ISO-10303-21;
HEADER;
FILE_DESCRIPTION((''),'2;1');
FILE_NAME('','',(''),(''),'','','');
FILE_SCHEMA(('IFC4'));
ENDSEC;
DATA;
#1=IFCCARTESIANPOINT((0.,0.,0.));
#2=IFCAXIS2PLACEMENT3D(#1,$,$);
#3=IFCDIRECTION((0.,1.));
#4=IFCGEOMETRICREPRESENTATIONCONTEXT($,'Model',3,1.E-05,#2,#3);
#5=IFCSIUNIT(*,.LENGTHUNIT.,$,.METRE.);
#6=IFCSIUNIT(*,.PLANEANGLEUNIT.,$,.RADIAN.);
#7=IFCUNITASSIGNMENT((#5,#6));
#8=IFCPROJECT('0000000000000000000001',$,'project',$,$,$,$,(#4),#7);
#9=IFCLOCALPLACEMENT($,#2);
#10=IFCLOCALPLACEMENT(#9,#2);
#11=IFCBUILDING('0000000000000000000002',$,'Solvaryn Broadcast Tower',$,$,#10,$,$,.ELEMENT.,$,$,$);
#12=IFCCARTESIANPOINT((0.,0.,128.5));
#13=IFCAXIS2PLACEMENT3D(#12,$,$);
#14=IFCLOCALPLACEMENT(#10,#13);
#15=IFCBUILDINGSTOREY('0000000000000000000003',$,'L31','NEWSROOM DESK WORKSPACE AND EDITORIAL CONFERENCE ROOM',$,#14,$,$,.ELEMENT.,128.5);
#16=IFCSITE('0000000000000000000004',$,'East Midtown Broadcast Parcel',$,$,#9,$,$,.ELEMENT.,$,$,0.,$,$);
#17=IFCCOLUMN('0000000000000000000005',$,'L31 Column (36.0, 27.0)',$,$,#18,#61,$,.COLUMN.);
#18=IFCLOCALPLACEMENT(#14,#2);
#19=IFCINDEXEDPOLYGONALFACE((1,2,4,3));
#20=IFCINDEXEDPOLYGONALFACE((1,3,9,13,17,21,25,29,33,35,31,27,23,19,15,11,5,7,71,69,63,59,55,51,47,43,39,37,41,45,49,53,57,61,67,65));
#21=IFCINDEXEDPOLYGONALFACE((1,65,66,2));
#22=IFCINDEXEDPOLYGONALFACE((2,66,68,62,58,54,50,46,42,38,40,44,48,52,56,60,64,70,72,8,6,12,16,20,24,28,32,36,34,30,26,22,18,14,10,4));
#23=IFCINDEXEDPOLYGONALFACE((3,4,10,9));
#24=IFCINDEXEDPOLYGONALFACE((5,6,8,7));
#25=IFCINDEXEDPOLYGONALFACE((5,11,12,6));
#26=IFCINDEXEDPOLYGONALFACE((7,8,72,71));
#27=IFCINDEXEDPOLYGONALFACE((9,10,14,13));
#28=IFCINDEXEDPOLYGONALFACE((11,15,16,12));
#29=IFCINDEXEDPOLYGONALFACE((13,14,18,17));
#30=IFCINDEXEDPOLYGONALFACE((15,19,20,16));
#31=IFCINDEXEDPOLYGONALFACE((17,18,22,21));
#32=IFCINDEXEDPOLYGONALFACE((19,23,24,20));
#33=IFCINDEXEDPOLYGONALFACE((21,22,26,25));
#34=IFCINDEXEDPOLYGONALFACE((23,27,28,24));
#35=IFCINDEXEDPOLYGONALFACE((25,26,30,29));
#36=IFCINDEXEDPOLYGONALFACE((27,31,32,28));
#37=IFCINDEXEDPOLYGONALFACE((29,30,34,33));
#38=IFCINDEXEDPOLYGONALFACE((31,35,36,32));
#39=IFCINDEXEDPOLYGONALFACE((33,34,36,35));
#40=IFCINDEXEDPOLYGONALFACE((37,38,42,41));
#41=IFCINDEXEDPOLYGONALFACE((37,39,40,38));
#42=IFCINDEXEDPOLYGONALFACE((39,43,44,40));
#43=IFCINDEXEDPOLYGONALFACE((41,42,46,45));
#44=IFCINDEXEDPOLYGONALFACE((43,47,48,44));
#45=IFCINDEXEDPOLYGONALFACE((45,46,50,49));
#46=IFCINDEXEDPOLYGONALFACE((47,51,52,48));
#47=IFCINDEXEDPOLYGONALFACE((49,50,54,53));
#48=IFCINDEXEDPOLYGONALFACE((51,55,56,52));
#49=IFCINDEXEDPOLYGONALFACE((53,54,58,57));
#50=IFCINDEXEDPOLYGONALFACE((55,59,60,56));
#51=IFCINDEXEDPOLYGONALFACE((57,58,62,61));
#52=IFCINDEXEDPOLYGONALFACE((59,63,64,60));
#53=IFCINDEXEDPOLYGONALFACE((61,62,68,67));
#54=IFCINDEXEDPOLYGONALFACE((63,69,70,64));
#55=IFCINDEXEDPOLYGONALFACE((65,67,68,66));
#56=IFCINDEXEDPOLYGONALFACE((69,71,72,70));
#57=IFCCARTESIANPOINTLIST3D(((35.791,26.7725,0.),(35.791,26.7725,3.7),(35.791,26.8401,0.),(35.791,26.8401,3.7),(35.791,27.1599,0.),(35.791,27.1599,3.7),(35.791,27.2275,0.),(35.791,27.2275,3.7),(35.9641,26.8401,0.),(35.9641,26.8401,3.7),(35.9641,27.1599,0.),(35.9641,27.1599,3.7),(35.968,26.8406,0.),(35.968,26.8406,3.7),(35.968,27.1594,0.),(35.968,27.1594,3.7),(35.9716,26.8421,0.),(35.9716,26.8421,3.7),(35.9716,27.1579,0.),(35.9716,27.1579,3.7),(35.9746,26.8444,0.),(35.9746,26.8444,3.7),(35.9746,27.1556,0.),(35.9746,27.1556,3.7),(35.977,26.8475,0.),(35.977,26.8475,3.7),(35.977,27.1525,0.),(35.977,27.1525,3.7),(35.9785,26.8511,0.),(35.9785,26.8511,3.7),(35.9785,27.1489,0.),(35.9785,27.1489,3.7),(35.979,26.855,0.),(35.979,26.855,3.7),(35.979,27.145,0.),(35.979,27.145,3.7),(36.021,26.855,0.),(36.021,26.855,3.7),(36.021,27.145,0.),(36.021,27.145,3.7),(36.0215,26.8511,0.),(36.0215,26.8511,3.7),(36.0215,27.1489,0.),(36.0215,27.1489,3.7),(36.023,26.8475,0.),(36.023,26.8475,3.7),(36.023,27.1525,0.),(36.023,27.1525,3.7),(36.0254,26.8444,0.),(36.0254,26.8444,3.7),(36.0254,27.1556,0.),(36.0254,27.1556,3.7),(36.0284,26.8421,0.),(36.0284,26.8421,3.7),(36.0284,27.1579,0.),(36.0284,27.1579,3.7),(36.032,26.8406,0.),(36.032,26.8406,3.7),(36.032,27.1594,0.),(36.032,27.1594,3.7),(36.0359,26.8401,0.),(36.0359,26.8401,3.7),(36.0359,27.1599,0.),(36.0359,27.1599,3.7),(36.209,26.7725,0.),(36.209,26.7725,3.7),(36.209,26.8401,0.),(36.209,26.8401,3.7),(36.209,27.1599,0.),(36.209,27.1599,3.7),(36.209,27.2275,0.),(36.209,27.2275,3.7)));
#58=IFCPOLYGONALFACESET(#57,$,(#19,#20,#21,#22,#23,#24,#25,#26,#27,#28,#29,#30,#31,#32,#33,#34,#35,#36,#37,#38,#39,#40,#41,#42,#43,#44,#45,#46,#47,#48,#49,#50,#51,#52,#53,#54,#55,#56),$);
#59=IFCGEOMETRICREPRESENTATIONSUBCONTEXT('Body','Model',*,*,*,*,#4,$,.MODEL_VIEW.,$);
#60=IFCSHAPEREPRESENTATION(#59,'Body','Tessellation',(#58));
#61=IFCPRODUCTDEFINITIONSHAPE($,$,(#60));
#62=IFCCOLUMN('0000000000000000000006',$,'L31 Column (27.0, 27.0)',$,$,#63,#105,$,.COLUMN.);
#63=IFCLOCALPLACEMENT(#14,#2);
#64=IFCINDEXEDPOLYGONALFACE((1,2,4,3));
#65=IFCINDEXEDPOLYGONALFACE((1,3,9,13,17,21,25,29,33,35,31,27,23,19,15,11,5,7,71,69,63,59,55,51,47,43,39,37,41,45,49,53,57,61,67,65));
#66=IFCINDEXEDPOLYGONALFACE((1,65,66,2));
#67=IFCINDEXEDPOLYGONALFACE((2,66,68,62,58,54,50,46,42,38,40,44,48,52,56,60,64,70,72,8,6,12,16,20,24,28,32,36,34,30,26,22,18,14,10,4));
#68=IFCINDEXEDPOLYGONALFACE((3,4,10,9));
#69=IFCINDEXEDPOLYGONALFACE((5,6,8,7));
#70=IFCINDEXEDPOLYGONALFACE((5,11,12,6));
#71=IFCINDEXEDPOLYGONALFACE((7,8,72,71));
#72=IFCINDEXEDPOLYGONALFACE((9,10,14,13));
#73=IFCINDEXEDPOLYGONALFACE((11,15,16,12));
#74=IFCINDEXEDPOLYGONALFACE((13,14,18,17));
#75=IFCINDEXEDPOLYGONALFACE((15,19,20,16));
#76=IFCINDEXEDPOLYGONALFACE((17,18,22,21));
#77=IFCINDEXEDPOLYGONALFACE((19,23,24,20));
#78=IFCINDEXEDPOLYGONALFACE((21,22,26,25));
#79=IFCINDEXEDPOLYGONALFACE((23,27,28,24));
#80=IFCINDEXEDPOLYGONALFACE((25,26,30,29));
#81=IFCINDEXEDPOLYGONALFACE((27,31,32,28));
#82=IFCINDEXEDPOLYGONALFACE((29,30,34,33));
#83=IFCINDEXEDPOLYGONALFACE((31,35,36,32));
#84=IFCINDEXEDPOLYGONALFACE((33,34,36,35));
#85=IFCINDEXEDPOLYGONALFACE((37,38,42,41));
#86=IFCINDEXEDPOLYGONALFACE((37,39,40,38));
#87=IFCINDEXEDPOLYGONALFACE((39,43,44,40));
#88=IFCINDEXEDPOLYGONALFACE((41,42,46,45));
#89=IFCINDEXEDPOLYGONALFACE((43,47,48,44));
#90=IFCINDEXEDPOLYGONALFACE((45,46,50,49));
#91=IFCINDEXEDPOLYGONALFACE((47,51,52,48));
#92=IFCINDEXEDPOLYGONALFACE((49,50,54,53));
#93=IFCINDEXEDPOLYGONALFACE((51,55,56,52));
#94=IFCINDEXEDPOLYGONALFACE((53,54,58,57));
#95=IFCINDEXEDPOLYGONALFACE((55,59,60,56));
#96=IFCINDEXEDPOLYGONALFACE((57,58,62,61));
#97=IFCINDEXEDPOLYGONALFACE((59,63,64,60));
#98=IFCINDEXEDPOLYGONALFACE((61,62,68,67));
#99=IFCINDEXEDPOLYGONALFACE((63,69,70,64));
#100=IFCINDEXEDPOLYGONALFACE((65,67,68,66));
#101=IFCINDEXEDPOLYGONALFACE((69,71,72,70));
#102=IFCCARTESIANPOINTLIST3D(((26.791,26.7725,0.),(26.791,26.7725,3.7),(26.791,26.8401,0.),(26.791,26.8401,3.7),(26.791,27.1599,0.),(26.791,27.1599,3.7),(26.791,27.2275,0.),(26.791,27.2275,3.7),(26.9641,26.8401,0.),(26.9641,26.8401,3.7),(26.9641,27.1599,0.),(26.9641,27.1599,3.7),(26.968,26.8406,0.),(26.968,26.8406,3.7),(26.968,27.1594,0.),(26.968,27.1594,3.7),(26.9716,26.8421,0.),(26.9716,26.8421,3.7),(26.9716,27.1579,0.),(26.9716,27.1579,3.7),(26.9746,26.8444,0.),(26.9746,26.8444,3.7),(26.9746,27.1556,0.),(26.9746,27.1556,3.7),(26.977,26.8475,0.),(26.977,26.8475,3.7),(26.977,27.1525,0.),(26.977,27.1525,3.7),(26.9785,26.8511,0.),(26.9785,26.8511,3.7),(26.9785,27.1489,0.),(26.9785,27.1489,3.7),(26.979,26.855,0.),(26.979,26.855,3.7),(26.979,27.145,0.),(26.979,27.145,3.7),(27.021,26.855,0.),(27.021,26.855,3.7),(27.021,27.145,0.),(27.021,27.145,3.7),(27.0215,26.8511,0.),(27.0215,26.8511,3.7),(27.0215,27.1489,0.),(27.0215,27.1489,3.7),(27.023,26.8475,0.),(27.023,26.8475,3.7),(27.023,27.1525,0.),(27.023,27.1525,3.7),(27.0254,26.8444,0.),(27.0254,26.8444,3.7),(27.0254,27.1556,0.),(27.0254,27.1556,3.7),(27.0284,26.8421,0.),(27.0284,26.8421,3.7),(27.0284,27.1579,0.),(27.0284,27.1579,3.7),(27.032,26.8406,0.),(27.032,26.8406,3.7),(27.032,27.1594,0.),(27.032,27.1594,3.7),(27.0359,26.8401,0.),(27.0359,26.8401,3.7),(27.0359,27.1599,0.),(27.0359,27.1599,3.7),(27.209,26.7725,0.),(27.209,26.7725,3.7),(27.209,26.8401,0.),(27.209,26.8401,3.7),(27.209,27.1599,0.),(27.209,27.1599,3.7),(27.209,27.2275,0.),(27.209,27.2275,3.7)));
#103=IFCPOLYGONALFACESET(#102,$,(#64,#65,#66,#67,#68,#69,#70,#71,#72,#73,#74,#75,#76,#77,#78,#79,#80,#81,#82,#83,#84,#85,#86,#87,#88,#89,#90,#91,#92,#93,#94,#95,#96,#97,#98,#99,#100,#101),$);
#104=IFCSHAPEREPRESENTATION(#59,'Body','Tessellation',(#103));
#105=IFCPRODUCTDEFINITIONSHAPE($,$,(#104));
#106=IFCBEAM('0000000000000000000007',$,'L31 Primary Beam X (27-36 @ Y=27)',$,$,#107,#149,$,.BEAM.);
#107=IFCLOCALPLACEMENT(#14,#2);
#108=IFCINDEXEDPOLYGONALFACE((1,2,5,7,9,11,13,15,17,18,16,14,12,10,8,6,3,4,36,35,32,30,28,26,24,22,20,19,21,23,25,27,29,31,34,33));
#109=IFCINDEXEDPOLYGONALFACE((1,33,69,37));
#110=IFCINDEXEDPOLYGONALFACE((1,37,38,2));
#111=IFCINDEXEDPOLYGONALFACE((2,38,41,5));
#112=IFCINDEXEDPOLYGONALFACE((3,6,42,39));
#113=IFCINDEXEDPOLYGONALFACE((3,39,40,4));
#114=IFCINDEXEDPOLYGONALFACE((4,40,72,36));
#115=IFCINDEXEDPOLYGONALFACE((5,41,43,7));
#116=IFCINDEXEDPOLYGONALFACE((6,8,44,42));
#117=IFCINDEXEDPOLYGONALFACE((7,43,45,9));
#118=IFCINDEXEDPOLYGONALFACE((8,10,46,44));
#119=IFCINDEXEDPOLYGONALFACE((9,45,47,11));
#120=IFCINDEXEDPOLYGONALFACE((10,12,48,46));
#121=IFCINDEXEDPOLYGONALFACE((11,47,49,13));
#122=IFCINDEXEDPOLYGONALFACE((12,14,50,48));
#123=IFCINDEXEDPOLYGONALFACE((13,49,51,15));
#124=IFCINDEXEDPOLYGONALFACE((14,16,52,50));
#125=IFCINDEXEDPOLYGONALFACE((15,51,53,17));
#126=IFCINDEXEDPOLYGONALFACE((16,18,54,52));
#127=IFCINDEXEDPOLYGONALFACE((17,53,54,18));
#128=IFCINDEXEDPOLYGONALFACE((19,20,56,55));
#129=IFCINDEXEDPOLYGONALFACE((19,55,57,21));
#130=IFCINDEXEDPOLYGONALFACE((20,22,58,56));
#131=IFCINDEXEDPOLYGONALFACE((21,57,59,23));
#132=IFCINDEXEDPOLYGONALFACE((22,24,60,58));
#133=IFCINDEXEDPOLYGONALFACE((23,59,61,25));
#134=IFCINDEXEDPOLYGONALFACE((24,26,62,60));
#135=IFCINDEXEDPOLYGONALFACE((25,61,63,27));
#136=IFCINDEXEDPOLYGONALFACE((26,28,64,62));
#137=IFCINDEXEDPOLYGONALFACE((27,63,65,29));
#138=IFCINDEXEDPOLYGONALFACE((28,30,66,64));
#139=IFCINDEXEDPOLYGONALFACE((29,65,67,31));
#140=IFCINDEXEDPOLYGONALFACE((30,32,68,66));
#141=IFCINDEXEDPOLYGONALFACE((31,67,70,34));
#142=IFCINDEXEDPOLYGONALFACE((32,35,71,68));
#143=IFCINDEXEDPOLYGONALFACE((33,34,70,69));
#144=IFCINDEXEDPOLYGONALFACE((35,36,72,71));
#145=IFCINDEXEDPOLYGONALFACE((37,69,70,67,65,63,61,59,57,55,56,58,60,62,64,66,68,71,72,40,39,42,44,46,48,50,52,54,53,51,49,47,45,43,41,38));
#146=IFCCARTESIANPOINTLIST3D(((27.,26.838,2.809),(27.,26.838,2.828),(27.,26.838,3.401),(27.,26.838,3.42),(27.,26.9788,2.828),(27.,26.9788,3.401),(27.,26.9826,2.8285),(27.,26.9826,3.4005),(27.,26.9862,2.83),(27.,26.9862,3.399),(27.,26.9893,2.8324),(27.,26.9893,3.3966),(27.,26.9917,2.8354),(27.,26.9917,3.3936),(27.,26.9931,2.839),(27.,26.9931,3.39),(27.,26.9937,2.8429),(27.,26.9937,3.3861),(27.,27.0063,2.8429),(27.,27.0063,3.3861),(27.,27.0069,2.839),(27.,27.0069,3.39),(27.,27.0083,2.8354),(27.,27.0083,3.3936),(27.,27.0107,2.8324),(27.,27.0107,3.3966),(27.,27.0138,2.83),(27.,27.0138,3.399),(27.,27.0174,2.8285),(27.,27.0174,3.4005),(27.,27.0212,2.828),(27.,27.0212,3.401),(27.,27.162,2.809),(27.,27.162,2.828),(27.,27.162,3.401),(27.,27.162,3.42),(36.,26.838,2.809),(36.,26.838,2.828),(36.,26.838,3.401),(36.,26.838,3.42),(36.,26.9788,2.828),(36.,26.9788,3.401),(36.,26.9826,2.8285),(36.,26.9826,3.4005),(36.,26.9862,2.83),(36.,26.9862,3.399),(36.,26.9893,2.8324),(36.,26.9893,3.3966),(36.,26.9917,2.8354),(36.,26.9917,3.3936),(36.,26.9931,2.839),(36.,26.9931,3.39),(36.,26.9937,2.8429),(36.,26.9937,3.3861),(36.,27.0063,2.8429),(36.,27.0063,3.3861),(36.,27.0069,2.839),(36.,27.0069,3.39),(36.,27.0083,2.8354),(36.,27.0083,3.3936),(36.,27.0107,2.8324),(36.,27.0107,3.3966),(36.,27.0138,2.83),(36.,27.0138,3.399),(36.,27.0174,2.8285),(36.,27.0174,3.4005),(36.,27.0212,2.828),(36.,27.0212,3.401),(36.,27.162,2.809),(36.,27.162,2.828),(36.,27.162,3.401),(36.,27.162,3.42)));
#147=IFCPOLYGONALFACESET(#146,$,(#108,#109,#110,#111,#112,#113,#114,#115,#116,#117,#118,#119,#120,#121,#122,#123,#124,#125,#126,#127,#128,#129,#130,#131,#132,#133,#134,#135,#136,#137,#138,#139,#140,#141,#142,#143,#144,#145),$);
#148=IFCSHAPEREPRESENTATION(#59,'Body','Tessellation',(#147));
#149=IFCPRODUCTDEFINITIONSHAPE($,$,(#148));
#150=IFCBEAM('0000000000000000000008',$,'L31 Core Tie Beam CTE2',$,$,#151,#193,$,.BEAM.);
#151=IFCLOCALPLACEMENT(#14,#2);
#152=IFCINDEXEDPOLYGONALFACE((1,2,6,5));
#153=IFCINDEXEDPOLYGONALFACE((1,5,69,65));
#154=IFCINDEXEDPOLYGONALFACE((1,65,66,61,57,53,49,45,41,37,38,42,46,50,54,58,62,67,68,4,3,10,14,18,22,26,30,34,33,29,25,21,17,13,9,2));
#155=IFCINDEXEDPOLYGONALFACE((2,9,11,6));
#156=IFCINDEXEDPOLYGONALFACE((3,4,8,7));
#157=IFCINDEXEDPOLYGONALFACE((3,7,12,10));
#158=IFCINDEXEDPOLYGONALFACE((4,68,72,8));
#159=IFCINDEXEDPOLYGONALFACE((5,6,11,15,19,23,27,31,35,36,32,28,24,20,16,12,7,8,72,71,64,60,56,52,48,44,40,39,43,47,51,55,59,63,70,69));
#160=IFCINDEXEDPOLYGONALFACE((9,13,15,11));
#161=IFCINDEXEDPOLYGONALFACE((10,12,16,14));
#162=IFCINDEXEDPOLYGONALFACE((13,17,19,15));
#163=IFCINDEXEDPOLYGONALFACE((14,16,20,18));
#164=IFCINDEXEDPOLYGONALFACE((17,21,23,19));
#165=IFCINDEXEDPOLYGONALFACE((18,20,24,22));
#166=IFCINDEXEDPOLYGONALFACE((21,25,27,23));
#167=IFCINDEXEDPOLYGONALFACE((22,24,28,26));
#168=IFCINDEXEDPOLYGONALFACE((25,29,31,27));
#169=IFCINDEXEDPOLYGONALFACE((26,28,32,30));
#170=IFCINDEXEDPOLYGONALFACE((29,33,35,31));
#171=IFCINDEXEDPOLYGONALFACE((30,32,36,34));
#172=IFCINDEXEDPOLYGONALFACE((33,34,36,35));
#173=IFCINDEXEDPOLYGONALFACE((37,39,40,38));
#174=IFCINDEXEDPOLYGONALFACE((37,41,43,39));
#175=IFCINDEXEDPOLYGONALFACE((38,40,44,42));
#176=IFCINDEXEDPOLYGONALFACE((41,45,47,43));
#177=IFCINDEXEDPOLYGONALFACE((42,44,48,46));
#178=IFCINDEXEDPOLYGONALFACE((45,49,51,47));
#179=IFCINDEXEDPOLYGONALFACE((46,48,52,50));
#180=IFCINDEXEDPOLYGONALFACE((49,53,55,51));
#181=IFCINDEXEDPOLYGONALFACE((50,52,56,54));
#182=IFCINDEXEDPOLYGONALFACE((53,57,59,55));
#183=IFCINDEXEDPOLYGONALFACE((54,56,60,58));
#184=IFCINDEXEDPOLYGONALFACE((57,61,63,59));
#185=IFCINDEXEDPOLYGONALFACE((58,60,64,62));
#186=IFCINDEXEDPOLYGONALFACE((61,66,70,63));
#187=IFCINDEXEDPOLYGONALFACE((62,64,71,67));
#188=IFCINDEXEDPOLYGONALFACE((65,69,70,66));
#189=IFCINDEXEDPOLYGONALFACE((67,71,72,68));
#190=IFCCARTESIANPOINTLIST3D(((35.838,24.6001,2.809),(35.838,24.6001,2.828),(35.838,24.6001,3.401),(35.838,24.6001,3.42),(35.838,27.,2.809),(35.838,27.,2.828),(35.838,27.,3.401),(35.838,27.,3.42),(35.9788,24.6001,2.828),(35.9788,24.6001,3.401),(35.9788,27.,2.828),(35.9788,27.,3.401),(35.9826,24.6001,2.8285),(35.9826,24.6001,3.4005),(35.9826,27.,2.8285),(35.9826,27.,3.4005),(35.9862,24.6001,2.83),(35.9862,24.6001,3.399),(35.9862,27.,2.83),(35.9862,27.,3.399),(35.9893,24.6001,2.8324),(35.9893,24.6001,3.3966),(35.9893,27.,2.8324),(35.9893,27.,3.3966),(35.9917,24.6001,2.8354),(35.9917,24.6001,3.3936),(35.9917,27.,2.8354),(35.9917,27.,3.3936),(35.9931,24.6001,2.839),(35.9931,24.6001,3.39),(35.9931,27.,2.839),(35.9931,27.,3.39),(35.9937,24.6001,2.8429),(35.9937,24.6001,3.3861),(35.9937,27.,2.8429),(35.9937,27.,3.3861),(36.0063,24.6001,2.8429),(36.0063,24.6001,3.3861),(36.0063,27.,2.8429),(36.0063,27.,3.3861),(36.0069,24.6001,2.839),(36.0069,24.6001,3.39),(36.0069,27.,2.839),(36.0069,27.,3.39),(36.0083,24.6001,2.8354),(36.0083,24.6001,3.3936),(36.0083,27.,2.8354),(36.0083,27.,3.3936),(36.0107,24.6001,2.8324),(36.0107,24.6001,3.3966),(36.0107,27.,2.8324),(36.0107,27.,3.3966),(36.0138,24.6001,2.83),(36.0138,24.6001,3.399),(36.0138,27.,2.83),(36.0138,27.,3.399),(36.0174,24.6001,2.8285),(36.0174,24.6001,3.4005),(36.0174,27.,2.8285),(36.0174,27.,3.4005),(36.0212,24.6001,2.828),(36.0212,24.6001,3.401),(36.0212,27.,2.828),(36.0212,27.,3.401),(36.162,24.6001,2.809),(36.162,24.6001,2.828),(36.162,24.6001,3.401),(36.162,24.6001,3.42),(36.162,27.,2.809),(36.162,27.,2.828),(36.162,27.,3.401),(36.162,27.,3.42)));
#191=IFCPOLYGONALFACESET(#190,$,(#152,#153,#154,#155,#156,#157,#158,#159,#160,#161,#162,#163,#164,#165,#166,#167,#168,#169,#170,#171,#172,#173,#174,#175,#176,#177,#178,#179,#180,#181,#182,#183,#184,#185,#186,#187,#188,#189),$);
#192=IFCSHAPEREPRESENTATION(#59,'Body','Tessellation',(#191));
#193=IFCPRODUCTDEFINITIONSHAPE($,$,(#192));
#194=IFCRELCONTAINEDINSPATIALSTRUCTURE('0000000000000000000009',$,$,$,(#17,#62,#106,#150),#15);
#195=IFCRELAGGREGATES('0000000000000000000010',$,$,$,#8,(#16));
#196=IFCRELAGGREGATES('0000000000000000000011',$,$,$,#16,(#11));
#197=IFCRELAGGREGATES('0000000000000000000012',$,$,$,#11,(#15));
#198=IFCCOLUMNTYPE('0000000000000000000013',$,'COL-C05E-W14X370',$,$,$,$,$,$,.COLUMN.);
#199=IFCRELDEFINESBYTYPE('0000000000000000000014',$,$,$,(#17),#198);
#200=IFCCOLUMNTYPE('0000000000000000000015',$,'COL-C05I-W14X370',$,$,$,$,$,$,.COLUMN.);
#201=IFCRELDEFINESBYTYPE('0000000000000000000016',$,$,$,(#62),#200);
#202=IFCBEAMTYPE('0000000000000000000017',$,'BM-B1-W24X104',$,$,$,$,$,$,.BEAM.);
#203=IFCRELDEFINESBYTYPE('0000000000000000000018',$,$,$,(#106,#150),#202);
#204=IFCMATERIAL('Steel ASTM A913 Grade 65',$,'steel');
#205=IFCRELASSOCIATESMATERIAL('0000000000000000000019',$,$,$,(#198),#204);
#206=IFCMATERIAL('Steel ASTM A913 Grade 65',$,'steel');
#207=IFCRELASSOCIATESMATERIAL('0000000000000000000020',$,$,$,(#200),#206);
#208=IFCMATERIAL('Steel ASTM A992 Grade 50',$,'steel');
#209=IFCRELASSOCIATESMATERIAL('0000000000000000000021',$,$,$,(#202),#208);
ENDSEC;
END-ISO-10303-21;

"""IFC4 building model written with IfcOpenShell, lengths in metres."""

from ifc_helpers import new_model, si_unit, direction, frame, origin, origin_2d, place, context, subcontext, project, spatial, i_section, extrude, material, material_profile, profile_set, type_object, element, save


model = new_model("IFC4")

# Units and contexts
model_context = context("Model", 3, precision=1e-05, world=origin(), true_north=direction((0.0, 1.0)))
body_context = subcontext(model_context, "Body", "Model", "MODEL_VIEW")
ifc_project = project(units=[si_unit("LENGTHUNIT", "METRE"), si_unit("PLANEANGLEUNIT", "RADIAN")], contexts=[model_context])

# Site, building, storey
site_placement = place(None, origin())
site = spatial("IfcSite", under=ifc_project, at=site_placement, Name="East Midtown Broadcast Parcel", CompositionType="ELEMENT", RefElevation=0.0)
building_placement = place(site_placement, origin())
building = spatial("IfcBuilding", under=site, at=building_placement, Name="Solvaryn Broadcast Tower", CompositionType="ELEMENT")
storey_placement = place(building_placement, frame((0.0, 0.0, 128.5)))
storey = spatial("IfcBuildingStorey", under=building, at=storey_placement, Name="L31", Description="NEWSROOM DESK WORKSPACE AND EDITORIAL CONFERENCE ROOM", CompositionType="ELEMENT", Elevation=128.5)

# Columns
ifc_material_1 = material(Name="Steel ASTM A913 Grade 65", Category="steel")
ifc_material_profile_1 = material_profile(ifc_material_1, i_section(OverallWidth=0.418, OverallDepth=0.4551, WebThickness=0.042, FlangeThickness=0.0676, FilletRadius=0.0149, at=origin_2d()))
ifc_profile_set_1 = profile_set([ifc_material_profile_1], Name="Steel ASTM A913 Grade 65")
column_type_1 = type_object("IfcColumnType", Name="COL-C05E-W14X370", PredefinedType="COLUMN", material=ifc_profile_set_1)
column_1_placement = place(storey_placement, frame((36.0, 27.0, 0.0), z_axis=(0.0, 0.0, 1.0), x_axis=(1.0, 0.0, 0.0)))
element("IfcColumn", 1, at=column_1_placement, inside=storey, type_object=column_type_1, Name="L31 Column (36.0, 27.0)", PredefinedType="COLUMN", context=body_context, shape_type="SweptSolid", body=[
    extrude(i_section(OverallWidth=0.418, OverallDepth=0.4551, WebThickness=0.042, FlangeThickness=0.0676, FilletRadius=0.0149, at=origin_2d()), origin(), (0.0, 0.0, 1.0), 3.7),
])
ifc_material_2 = material(Name="Steel ASTM A913 Grade 65", Category="steel")
ifc_material_profile_2 = material_profile(ifc_material_2, i_section(OverallWidth=0.418, OverallDepth=0.4551, WebThickness=0.042, FlangeThickness=0.0676, FilletRadius=0.0149, at=origin_2d()))
ifc_profile_set_2 = profile_set([ifc_material_profile_2], Name="Steel ASTM A913 Grade 65")
column_type_2 = type_object("IfcColumnType", Name="COL-C05I-W14X370", PredefinedType="COLUMN", material=ifc_profile_set_2)
column_2_placement = place(storey_placement, frame((27.0, 27.0, 0.0), z_axis=(0.0, 0.0, 1.0), x_axis=(1.0, 0.0, 0.0)))
element("IfcColumn", 2, at=column_2_placement, inside=storey, type_object=column_type_2, Name="L31 Column (27.0, 27.0)", PredefinedType="COLUMN", context=body_context, shape_type="SweptSolid", body=[
    extrude(i_section(OverallWidth=0.418, OverallDepth=0.4551, WebThickness=0.042, FlangeThickness=0.0676, FilletRadius=0.0149, at=origin_2d()), origin(), (0.0, 0.0, 1.0), 3.7),
])

# Beams
ifc_material_3 = material(Name="Steel ASTM A992 Grade 50", Category="steel")
ifc_material_profile_3 = material_profile(ifc_material_3, i_section(OverallWidth=0.324, OverallDepth=0.6111, WebThickness=0.0127, FlangeThickness=0.019, FilletRadius=0.0149, at=origin_2d()))
ifc_profile_set_3 = profile_set([ifc_material_profile_3], Name="Steel ASTM A992 Grade 50")
beam_type_1 = type_object("IfcBeamType", Name="BM-B1-W24X104", PredefinedType="BEAM", material=ifc_profile_set_3)
beam_1_placement = place(storey_placement, frame((27.0, 27.0, 3.1145), z_axis=(1.0, 0.0, 0.0), x_axis=(0.0, 1.0, 0.0)))
element("IfcBeam", 3, at=beam_1_placement, inside=storey, type_object=beam_type_1, Name="L31 Primary Beam X (27-36 @ Y=27)", PredefinedType="BEAM", context=body_context, shape_type="SweptSolid", body=[
    extrude(i_section(OverallWidth=0.324, OverallDepth=0.6111, WebThickness=0.0127, FlangeThickness=0.019, FilletRadius=0.0149, at=origin_2d()), origin(), (0.0, 0.0, 1.0), 9.0),
])
beam_2_placement = place(storey_placement, frame((36.0, 24.6001, 3.1145), z_axis=(0.0, 1.0, 0.0), x_axis=(-1.0, 0.0, 0.0)))
element("IfcBeam", 4, at=beam_2_placement, inside=storey, type_object=beam_type_1, Name="L31 Core Tie Beam CTE2", PredefinedType="BEAM", context=body_context, shape_type="SweptSolid", body=[
    extrude(i_section(OverallWidth=0.324, OverallDepth=0.6111, WebThickness=0.0127, FlangeThickness=0.019, FilletRadius=0.0149, at=origin_2d()), origin(), (0.0, 0.0, 1.0), 2.3999),
])

save(model, "model.ifc")
